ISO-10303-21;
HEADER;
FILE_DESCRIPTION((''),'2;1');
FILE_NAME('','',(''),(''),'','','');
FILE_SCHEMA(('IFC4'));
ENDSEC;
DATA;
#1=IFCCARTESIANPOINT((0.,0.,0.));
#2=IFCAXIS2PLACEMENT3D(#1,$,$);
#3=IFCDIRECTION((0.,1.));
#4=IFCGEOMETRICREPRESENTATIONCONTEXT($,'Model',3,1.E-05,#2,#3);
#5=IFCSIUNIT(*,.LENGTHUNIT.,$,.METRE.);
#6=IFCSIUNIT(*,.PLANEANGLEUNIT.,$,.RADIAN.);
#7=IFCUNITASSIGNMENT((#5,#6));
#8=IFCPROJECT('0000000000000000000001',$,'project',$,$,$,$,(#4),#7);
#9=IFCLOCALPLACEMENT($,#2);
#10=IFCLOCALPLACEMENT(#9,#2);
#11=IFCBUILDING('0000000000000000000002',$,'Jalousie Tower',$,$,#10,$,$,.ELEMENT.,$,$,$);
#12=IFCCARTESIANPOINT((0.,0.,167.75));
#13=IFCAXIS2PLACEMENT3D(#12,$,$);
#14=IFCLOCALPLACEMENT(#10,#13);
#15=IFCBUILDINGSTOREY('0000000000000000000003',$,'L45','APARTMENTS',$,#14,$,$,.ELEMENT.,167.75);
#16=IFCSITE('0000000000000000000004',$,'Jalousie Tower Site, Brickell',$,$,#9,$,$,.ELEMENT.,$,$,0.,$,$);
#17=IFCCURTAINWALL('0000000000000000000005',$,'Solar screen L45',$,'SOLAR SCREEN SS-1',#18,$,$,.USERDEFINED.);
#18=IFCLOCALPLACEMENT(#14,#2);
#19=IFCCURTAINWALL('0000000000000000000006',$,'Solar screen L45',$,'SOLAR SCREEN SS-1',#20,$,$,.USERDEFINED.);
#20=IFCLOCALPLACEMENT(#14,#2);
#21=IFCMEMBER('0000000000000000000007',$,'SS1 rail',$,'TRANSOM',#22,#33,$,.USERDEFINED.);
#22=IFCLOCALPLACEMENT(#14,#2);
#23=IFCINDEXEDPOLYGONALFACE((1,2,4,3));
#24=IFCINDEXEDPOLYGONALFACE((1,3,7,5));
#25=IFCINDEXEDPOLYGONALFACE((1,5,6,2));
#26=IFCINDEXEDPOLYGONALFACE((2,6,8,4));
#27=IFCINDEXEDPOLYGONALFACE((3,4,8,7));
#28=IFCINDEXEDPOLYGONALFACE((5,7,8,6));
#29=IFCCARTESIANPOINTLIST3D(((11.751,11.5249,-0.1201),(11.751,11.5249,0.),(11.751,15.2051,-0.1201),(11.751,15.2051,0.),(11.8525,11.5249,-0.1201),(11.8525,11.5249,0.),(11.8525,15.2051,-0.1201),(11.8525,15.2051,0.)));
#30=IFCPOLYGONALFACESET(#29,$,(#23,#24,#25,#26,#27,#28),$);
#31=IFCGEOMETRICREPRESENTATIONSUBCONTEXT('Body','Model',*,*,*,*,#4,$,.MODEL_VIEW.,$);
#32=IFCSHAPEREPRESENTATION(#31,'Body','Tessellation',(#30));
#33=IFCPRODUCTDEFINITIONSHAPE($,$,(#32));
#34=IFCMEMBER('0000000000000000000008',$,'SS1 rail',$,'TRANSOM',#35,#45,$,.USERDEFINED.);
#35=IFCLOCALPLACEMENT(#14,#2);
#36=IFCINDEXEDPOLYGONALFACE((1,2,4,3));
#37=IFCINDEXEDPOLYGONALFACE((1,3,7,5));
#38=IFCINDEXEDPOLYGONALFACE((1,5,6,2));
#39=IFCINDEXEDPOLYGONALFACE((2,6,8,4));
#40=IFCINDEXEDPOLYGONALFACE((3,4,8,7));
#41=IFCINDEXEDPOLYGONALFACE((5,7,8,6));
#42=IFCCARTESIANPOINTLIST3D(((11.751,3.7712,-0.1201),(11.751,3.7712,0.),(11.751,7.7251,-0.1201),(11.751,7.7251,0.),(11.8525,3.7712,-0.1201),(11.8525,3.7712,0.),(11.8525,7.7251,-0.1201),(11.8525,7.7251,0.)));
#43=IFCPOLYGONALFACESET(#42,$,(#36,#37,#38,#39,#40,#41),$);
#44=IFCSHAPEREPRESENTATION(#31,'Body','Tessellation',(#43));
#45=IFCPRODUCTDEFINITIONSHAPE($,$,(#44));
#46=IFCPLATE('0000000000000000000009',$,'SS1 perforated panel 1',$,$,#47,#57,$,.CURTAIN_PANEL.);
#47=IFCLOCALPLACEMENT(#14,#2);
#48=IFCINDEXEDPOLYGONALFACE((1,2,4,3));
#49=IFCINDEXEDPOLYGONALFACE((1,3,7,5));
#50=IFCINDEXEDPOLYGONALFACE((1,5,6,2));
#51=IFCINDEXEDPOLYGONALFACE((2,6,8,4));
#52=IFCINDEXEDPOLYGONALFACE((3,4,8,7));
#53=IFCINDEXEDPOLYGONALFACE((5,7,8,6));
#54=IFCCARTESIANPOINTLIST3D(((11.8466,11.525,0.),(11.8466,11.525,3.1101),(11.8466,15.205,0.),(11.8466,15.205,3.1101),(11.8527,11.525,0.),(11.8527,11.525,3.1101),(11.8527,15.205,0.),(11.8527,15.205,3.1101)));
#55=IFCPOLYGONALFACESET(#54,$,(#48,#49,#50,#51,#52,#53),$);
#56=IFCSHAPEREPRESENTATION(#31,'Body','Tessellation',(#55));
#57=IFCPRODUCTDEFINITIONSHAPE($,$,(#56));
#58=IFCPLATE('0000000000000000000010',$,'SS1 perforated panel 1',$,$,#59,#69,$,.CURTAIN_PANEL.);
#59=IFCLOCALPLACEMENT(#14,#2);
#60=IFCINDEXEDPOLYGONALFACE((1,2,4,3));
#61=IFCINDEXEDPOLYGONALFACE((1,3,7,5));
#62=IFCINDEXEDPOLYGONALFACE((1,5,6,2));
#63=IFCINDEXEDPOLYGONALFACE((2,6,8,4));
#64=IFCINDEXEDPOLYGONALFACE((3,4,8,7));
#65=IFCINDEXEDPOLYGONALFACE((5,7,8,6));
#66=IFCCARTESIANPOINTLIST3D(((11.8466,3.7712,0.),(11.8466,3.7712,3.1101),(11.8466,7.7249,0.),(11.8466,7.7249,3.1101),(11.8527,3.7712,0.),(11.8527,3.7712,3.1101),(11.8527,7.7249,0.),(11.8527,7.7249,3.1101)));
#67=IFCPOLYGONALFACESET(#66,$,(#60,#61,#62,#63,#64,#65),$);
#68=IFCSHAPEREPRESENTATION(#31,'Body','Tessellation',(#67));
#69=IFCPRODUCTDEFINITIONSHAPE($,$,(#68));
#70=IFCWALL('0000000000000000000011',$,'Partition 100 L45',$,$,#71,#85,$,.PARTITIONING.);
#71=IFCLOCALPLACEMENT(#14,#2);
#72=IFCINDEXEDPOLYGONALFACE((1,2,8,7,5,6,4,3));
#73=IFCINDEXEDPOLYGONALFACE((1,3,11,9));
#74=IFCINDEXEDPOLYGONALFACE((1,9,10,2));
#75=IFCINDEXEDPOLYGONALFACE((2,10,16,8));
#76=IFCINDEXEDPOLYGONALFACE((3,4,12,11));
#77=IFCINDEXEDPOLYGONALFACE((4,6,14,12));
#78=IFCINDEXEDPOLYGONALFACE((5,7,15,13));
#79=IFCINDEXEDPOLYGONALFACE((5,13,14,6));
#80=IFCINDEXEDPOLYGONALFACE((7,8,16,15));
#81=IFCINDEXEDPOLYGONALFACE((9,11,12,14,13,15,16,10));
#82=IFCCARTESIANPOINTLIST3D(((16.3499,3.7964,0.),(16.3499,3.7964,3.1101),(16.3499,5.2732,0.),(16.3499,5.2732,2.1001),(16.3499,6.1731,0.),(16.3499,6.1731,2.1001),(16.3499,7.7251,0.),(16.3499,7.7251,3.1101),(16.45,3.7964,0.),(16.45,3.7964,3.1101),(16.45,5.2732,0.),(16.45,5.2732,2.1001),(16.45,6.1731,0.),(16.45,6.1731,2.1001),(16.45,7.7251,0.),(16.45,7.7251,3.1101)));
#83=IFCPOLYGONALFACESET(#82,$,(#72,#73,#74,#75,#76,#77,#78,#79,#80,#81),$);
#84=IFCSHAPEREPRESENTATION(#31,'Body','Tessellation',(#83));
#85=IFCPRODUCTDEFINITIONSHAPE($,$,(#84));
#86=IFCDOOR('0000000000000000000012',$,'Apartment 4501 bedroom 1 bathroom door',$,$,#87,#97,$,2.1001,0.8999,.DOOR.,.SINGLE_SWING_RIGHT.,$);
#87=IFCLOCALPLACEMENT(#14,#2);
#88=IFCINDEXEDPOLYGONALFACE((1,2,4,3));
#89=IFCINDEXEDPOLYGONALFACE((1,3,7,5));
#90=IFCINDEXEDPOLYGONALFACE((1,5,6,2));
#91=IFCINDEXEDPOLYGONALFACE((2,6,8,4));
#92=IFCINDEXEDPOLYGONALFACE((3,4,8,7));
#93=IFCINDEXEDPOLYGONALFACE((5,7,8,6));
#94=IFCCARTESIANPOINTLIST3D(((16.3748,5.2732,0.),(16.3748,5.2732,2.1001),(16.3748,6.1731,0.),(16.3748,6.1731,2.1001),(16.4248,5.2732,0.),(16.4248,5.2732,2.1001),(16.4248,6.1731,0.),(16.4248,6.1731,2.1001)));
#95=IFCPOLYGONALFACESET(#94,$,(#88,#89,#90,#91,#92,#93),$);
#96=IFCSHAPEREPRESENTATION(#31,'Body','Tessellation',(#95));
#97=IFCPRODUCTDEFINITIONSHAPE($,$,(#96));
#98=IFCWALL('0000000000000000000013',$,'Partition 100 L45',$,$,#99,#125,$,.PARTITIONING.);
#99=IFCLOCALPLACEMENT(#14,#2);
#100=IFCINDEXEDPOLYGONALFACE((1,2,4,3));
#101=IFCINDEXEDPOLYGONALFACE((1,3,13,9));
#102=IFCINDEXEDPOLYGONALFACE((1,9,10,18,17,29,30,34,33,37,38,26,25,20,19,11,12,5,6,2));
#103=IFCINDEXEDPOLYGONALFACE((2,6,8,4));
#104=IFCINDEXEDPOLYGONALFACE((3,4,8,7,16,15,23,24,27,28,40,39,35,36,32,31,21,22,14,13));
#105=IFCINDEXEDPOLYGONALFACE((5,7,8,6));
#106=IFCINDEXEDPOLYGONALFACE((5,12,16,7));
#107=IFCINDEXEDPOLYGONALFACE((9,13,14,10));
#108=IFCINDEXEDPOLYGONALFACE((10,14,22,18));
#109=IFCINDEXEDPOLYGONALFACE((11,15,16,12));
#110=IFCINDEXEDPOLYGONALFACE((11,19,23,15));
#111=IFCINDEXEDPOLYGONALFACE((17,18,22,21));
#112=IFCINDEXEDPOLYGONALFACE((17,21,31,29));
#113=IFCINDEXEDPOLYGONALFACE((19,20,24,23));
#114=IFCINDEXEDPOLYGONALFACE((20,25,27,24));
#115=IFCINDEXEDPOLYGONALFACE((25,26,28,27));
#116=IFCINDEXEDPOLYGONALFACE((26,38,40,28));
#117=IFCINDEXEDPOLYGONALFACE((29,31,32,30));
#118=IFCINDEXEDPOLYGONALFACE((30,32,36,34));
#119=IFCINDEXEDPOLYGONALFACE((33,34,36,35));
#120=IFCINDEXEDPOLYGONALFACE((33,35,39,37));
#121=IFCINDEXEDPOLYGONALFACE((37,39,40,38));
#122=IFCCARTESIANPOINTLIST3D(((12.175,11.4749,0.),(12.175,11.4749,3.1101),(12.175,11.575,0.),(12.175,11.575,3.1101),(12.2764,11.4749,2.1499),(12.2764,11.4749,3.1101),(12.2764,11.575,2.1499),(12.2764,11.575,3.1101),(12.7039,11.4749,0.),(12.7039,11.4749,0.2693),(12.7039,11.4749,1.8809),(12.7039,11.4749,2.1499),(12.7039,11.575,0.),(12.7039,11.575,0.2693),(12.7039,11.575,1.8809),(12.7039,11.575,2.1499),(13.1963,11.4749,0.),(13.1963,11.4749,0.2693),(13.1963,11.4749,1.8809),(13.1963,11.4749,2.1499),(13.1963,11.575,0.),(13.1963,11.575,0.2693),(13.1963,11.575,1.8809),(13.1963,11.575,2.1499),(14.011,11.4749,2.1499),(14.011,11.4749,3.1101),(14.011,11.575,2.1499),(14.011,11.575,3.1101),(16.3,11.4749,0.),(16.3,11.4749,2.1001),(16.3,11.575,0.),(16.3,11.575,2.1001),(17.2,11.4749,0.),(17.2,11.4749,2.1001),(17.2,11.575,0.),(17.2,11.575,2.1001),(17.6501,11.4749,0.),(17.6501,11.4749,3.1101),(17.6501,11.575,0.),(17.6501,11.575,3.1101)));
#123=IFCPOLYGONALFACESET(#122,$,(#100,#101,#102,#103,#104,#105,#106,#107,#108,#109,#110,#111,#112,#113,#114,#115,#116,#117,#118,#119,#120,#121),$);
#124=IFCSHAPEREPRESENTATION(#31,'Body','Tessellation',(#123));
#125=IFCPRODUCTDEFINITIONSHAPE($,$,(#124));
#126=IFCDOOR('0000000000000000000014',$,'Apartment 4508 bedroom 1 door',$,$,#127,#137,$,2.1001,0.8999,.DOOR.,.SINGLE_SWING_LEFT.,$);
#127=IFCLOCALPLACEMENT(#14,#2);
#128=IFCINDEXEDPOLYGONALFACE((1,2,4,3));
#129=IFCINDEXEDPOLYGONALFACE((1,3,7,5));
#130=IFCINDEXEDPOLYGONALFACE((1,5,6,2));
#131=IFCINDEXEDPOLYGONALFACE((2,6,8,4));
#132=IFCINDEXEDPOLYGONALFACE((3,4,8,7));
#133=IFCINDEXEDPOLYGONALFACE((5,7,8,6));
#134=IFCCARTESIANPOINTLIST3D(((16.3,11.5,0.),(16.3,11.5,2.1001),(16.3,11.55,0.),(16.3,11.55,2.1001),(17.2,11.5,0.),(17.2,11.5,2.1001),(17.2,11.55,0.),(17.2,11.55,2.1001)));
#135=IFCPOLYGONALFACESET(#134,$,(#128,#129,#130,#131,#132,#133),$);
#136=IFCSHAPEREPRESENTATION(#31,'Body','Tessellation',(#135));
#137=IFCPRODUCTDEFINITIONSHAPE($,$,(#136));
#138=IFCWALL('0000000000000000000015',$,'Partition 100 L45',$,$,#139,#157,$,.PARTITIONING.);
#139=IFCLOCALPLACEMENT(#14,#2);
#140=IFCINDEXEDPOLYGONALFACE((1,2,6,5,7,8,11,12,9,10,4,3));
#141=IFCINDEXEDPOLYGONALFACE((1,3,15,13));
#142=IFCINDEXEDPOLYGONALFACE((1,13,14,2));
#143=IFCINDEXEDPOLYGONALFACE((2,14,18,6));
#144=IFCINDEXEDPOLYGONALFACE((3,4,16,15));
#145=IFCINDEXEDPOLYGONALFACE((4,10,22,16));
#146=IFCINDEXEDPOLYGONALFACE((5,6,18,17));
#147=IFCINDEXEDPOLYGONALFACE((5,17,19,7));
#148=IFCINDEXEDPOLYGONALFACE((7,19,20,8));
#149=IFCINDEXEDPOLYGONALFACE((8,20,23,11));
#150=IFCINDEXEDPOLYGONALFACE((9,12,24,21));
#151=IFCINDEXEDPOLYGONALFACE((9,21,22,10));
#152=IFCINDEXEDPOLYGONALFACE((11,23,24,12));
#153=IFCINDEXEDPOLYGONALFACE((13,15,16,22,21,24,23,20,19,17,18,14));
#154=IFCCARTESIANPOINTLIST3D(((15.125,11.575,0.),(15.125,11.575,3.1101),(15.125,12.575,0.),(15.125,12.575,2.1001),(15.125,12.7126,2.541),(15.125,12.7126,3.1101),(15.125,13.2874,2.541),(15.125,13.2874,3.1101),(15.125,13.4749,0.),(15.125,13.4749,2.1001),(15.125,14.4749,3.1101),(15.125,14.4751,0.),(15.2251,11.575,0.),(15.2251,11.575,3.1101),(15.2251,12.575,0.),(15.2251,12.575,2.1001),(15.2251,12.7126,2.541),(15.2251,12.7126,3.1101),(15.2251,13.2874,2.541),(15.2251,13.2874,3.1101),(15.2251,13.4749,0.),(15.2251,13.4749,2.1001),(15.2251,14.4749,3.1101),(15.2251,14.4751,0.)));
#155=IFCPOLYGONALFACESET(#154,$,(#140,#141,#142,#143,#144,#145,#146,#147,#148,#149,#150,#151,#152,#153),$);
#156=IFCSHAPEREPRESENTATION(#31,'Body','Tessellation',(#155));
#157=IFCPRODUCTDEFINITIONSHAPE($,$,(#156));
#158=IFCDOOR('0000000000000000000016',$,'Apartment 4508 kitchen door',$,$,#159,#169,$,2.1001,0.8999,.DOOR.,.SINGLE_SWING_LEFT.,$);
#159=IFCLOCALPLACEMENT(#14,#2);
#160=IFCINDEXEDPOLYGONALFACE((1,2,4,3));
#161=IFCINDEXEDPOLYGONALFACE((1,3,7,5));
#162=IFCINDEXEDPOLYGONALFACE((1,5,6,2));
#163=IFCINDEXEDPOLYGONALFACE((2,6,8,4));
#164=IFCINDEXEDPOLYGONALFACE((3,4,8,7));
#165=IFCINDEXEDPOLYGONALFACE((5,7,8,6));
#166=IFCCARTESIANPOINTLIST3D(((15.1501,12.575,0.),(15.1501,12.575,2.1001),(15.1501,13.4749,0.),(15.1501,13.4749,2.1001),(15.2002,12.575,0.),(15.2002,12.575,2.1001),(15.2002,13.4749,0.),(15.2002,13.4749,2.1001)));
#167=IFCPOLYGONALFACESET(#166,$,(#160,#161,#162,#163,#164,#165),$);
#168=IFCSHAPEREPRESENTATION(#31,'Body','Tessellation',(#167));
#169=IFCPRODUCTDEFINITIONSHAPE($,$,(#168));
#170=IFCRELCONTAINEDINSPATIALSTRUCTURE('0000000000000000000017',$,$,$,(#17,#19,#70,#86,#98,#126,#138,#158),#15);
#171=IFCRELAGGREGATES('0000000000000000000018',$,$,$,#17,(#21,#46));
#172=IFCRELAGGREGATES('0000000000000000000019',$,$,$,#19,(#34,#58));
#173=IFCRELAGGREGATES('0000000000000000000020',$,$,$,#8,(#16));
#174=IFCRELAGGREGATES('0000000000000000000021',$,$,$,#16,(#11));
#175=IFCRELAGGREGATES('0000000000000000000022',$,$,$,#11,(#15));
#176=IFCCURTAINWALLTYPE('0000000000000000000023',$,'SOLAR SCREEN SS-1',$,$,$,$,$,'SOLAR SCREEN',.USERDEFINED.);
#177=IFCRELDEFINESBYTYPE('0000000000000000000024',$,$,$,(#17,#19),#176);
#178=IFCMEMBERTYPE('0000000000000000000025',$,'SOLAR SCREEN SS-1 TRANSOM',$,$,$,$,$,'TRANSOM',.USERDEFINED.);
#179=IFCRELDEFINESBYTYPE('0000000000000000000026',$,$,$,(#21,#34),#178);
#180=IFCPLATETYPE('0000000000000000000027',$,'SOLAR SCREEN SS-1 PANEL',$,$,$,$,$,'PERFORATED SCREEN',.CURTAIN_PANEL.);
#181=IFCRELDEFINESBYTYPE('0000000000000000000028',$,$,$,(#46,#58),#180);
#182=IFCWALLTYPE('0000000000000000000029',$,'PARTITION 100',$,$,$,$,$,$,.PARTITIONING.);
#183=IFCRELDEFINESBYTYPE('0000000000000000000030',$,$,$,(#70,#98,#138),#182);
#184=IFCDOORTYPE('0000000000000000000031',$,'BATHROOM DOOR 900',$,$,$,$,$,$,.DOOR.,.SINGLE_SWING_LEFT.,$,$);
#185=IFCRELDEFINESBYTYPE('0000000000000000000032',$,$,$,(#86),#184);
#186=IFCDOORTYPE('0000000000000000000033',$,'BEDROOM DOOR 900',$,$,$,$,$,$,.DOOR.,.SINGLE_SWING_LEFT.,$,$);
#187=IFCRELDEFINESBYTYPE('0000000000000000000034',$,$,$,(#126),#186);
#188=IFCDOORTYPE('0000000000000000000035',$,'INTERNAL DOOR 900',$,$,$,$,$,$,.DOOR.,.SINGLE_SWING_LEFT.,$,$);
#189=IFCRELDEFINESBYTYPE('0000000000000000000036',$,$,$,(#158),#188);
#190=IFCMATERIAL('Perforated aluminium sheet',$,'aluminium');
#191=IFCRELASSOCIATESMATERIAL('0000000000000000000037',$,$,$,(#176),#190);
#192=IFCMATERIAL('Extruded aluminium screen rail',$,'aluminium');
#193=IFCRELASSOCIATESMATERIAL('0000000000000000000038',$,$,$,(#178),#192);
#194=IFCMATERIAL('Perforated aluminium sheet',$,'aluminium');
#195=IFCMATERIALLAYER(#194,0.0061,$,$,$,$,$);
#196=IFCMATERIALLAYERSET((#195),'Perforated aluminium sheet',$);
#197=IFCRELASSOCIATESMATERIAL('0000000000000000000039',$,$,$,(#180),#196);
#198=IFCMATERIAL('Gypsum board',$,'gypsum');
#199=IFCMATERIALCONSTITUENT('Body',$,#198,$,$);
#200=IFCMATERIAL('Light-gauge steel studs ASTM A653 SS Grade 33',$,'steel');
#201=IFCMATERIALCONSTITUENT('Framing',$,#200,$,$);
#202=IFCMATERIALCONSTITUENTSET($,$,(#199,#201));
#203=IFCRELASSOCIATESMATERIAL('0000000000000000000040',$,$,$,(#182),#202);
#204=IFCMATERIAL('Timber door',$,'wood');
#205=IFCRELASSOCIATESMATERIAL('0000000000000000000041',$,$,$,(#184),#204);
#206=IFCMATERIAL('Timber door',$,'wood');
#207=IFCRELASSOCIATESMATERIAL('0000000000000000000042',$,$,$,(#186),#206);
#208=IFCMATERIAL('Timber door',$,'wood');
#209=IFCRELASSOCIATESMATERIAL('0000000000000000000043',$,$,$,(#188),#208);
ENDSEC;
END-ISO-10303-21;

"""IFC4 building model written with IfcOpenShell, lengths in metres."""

from ifc_helpers import new_model, si_unit, direction, frame, frame_2d, origin, origin_2d, place, context, subcontext, project, spatial, polyline, rectangle, outline, extrude, material, layer, layer_set, constituent, constituent_set, material_profile, profile_set, type_object, element, fill, aggregate, save


model = new_model("IFC4")

# Units and contexts
model_context = context("Model", 3, precision=1e-05, world=origin(), true_north=direction((0.0, 1.0)))
body_context = subcontext(model_context, "Body", "Model", "MODEL_VIEW")
ifc_project = project(units=[si_unit("LENGTHUNIT", "METRE"), si_unit("PLANEANGLEUNIT", "RADIAN")], contexts=[model_context])

# Site, building, storey
site_placement = place(None, origin())
site = spatial("IfcSite", under=ifc_project, at=site_placement, Name="Jalousie Tower Site, Brickell", CompositionType="ELEMENT", RefElevation=0.0)
building_placement = place(site_placement, origin())
building = spatial("IfcBuilding", under=site, at=building_placement, Name="Jalousie Tower", CompositionType="ELEMENT")
storey_placement = place(building_placement, frame((0.0, 0.0, 167.75)))
storey = spatial("IfcBuildingStorey", under=building, at=storey_placement, Name="L45", Description="APARTMENTS", CompositionType="ELEMENT", Elevation=167.75)

# Curtain walls
ifc_material_1 = material(Name="Perforated aluminium sheet", Category="aluminium")
curtain_wall_type = type_object("IfcCurtainWallType", Name="SOLAR SCREEN SS-1", ElementType="SOLAR SCREEN", PredefinedType="USERDEFINED", material=ifc_material_1)
curtain_wall_1_placement = place(storey_placement, origin())
curtain_wall_1 = element("IfcCurtainWall", 1, at=curtain_wall_1_placement, inside=storey, type_object=curtain_wall_type, Name="Solar screen L45", ObjectType="SOLAR SCREEN SS-1", PredefinedType="USERDEFINED")
curtain_wall_2_placement = place(storey_placement, origin())
curtain_wall_2 = element("IfcCurtainWall", 2, at=curtain_wall_2_placement, inside=storey, type_object=curtain_wall_type, Name="Solar screen L45", ObjectType="SOLAR SCREEN SS-1", PredefinedType="USERDEFINED")

# Members
ifc_material_2 = material(Name="Extruded aluminium screen rail", Category="aluminium")
ifc_material_profile_1 = material_profile(ifc_material_2, rectangle(XDim=0.1016, YDim=0.1201, at=origin_2d()), Name="RAIL 102x120")
ifc_profile_set_1 = profile_set([ifc_material_profile_1], Name="Extruded aluminium screen rail")
member_type_1 = type_object("IfcMemberType", Name="SOLAR SCREEN SS-1 TRANSOM", ElementType="TRANSOM", PredefinedType="USERDEFINED", material=ifc_profile_set_1)
member_1_placement = place(storey_placement, frame((11.8018, 15.2051, -0.0601), z_axis=(0.0, -1.0, 0.0), x_axis=(1.0, 0.0, 0.0)))
member_1 = element("IfcMember", 3, at=member_1_placement, type_object=member_type_1, Name="SS1 rail", ObjectType="TRANSOM", PredefinedType="USERDEFINED", context=body_context, shape_type="SweptSolid", body=[
    extrude(rectangle(XDim=0.1016, YDim=0.1201, at=origin_2d()), origin(), (0.0, 0.0, 1.0), 3.6802),
])
member_2_placement = place(storey_placement, frame((11.8018, 7.7251, -0.0601), z_axis=(0.0, -1.0, 0.0), x_axis=(1.0, 0.0, 0.0)))
member_2 = element("IfcMember", 4, at=member_2_placement, type_object=member_type_1, Name="SS1 rail", ObjectType="TRANSOM", PredefinedType="USERDEFINED", context=body_context, shape_type="SweptSolid", body=[
    extrude(rectangle(XDim=0.1016, YDim=0.1201, at=origin_2d()), origin(), (0.0, 0.0, 1.0), 3.9539),
])

# Plates
ifc_material_3 = material(Name="Perforated aluminium sheet", Category="aluminium")
ifc_layer_1 = layer(ifc_material_3, 0.0061)
ifc_layer_set_1 = layer_set([ifc_layer_1], Name="Perforated aluminium sheet")
plate_type = type_object("IfcPlateType", Name="SOLAR SCREEN SS-1 PANEL", ElementType="PERFORATED SCREEN", PredefinedType="CURTAIN_PANEL", material=ifc_layer_set_1)
plate_1_placement = place(storey_placement, frame((11.8496, 13.365, 0.0), z_axis=(0.0, 0.0, 1.0), x_axis=(0.0, -1.0, 0.0)))
plate_1 = element("IfcPlate", 5, at=plate_1_placement, type_object=plate_type, Name="SS1 perforated panel 1", PredefinedType="CURTAIN_PANEL", context=body_context, shape_type="SweptSolid", body=[
    extrude(rectangle(XDim=3.6799, YDim=0.0061, at=origin_2d()), origin(), (0.0, 0.0, 1.0), 3.1101),
])
aggregate(curtain_wall_1, [member_1, plate_1])
plate_2_placement = place(storey_placement, frame((11.8496, 5.748, 0.0), z_axis=(0.0, 0.0, 1.0), x_axis=(0.0, -1.0, 0.0)))
plate_2 = element("IfcPlate", 6, at=plate_2_placement, type_object=plate_type, Name="SS1 perforated panel 1", PredefinedType="CURTAIN_PANEL", context=body_context, shape_type="SweptSolid", body=[
    extrude(rectangle(XDim=3.9536, YDim=0.0061, at=origin_2d()), origin(), (0.0, 0.0, 1.0), 3.1101),
])
aggregate(curtain_wall_2, [member_2, plate_2])

# Walls, openings, doors
ifc_material_4 = material(Name="Gypsum board", Category="gypsum")
ifc_constituent_1 = constituent(ifc_material_4, Name="Body")
ifc_material_5 = material(Name="Light-gauge steel studs ASTM A653 SS Grade 33", Category="steel")
ifc_constituent_2 = constituent(ifc_material_5, Name="Framing")
ifc_constituent_set_1 = constituent_set(constituents=[ifc_constituent_1, ifc_constituent_2])
wall_type_1 = type_object("IfcWallType", Name="PARTITION 100", PredefinedType="PARTITIONING", material=ifc_constituent_set_1)
wall_1_placement = place(storey_placement, frame((16.3999, 3.7964, 0.0), z_axis=(0.0, 0.0, 1.0), x_axis=(0.0, 1.0, 0.0)))
wall_1 = element("IfcWall", 7, at=wall_1_placement, inside=storey, type_object=wall_type_1, Name="Partition 100 L45", PredefinedType="PARTITIONING", context=body_context, shape_type="SweptSolid", body=[
    extrude(rectangle(XDim=3.9287, YDim=0.1001, at=frame_2d((1.9644, 0.0))), origin(), (0.0, 0.0, 1.0), 3.1101),
])
opening_1_placement = place(wall_1_placement, frame((1.4768, 0.0, 0.0)))
opening_1 = element("IfcOpeningElement", 8, at=opening_1_placement, cuts=wall_1, PredefinedType="OPENING", context=body_context, shape_type="SweptSolid", body=[
    extrude(rectangle(XDim=0.8999, YDim=2.1001, at=frame_2d((0.45, 1.05))), frame((0.0, 0.0601, 0.0), z_axis=(0.0, -1.0, 0.0), x_axis=(1.0, 0.0, 0.0)), (0.0, 0.0, 1.0), 0.1201),
])
ifc_material_6 = material(Name="Timber door", Category="wood")
door_type_1 = type_object("IfcDoorType", Name="BATHROOM DOOR 900", OperationType="SINGLE_SWING_LEFT", PredefinedType="DOOR", material=ifc_material_6)
door_1_placement = place(opening_1_placement, frame((0.8999, 0.0, 0.0), z_axis=(0.0, 0.0, 1.0), x_axis=(-1.0, 0.0, 0.0)))
door_1 = element("IfcDoor", 9, at=door_1_placement, inside=storey, type_object=door_type_1, Name="Apartment 4501 bedroom 1 bathroom door", OperationType="SINGLE_SWING_RIGHT", OverallHeight=2.1001, OverallWidth=0.8999, PredefinedType="DOOR", context=body_context, shape_type="SweptSolid", body=[
    extrude(rectangle(XDim=0.8999, YDim=2.1001, at=frame_2d((0.45, 1.05))), frame((0.0, 0.0249, 0.0), z_axis=(0.0, -1.0, 0.0), x_axis=(1.0, 0.0, 0.0)), (0.0, 0.0, 1.0), 0.05),
])
fill(opening_1, door_1)
wall_2_placement = place(storey_placement, frame((12.175, 11.5249, 0.0), z_axis=(0.0, 0.0, 1.0), x_axis=(1.0, 0.0, 0.0)))
wall_2 = element("IfcWall", 10, at=wall_2_placement, inside=storey, type_object=wall_type_1, Name="Partition 100 L45", PredefinedType="PARTITIONING", context=body_context, shape_type="SweptSolid", body=[
    extrude(outline(polyline([(0.1013, 3.1101), (0.0, 3.1101), (0.0, 0.0), (0.5288, 0.0), (0.5288, 0.2693), (1.0212, 0.2693), (1.0212, 0.0), (5.4751, 0.0), (5.4751, 3.1101), (1.8359, 3.1101), (1.8359, 2.1499), (1.0212, 2.1499), (1.0212, 1.8809), (0.5288, 1.8809), (0.5288, 2.1499), (0.1013, 2.1499), (0.1013, 3.1101)])), frame((0.0, 0.05, 0.0), z_axis=(0.0, -1.0, 0.0), x_axis=(1.0, 0.0, 0.0)), (0.0, 0.0, 1.0), 0.1001),
])
opening_2_placement = place(wall_2_placement, frame((4.125, 0.0, 0.0)))
opening_2 = element("IfcOpeningElement", 11, at=opening_2_placement, cuts=wall_2, PredefinedType="OPENING", context=body_context, shape_type="SweptSolid", body=[
    extrude(rectangle(XDim=0.8999, YDim=2.1001, at=frame_2d((0.45, 1.05))), frame((0.0, 0.0601, 0.0), z_axis=(0.0, -1.0, 0.0), x_axis=(1.0, 0.0, 0.0)), (0.0, 0.0, 1.0), 0.1201),
])
ifc_material_7 = material(Name="Timber door", Category="wood")
door_type_2 = type_object("IfcDoorType", Name="BEDROOM DOOR 900", OperationType="SINGLE_SWING_LEFT", PredefinedType="DOOR", material=ifc_material_7)
door_2_placement = place(opening_2_placement, frame((0.8999, 0.0, 0.0), z_axis=(0.0, 0.0, 1.0), x_axis=(-1.0, 0.0, 0.0)))
door_2 = element("IfcDoor", 12, at=door_2_placement, inside=storey, type_object=door_type_2, Name="Apartment 4508 bedroom 1 door", OperationType="SINGLE_SWING_LEFT", OverallHeight=2.1001, OverallWidth=0.8999, PredefinedType="DOOR", context=body_context, shape_type="SweptSolid", body=[
    extrude(rectangle(XDim=0.8999, YDim=2.1001, at=frame_2d((0.45, 1.05))), frame((0.0, 0.0249, 0.0), z_axis=(0.0, -1.0, 0.0), x_axis=(1.0, 0.0, 0.0)), (0.0, 0.0, 1.0), 0.05),
])
fill(opening_2, door_2)
wall_3_placement = place(storey_placement, frame((15.175, 11.575, 0.0), z_axis=(0.0, 0.0, 1.0), x_axis=(0.0, 1.0, 0.0)))
wall_3 = element("IfcWall", 13, at=wall_3_placement, inside=storey, type_object=wall_type_1, Name="Partition 100 L45", PredefinedType="PARTITIONING", context=body_context, shape_type="SweptSolid", body=[
    extrude(outline(polyline([(0.0, 0.0), (2.9001, 0.0), (2.8999, 3.1101), (1.7124, 3.1101), (1.7124, 2.541), (1.1377, 2.541), (1.1377, 3.1101), (0.0, 3.1101), (0.0, 0.0)])), frame((0.0, 0.05, 0.0), z_axis=(0.0, -1.0, 0.0), x_axis=(1.0, 0.0, 0.0)), (0.0, 0.0, 1.0), 0.1001),
])
opening_3_placement = place(wall_3_placement, frame((1.0, 0.0, 0.0)))
opening_3 = element("IfcOpeningElement", 14, at=opening_3_placement, cuts=wall_3, PredefinedType="OPENING", context=body_context, shape_type="SweptSolid", body=[
    extrude(rectangle(XDim=0.8999, YDim=2.1001, at=frame_2d((0.45, 1.05))), frame((0.0, 0.0601, 0.0), z_axis=(0.0, -1.0, 0.0), x_axis=(1.0, 0.0, 0.0)), (0.0, 0.0, 1.0), 0.1201),
])
ifc_material_8 = material(Name="Timber door", Category="wood")
door_type_3 = type_object("IfcDoorType", Name="INTERNAL DOOR 900", OperationType="SINGLE_SWING_LEFT", PredefinedType="DOOR", material=ifc_material_8)
door_3_placement = place(opening_3_placement, origin())
door_3 = element("IfcDoor", 15, at=door_3_placement, inside=storey, type_object=door_type_3, Name="Apartment 4508 kitchen door", OperationType="SINGLE_SWING_LEFT", OverallHeight=2.1001, OverallWidth=0.8999, PredefinedType="DOOR", context=body_context, shape_type="SweptSolid", body=[
    extrude(rectangle(XDim=0.8999, YDim=2.1001, at=frame_2d((0.45, 1.05))), frame((0.0, 0.0249, 0.0), z_axis=(0.0, -1.0, 0.0), x_axis=(1.0, 0.0, 0.0)), (0.0, 0.0, 1.0), 0.05),
])
fill(opening_3, door_3)

save(model, "model.ifc")
